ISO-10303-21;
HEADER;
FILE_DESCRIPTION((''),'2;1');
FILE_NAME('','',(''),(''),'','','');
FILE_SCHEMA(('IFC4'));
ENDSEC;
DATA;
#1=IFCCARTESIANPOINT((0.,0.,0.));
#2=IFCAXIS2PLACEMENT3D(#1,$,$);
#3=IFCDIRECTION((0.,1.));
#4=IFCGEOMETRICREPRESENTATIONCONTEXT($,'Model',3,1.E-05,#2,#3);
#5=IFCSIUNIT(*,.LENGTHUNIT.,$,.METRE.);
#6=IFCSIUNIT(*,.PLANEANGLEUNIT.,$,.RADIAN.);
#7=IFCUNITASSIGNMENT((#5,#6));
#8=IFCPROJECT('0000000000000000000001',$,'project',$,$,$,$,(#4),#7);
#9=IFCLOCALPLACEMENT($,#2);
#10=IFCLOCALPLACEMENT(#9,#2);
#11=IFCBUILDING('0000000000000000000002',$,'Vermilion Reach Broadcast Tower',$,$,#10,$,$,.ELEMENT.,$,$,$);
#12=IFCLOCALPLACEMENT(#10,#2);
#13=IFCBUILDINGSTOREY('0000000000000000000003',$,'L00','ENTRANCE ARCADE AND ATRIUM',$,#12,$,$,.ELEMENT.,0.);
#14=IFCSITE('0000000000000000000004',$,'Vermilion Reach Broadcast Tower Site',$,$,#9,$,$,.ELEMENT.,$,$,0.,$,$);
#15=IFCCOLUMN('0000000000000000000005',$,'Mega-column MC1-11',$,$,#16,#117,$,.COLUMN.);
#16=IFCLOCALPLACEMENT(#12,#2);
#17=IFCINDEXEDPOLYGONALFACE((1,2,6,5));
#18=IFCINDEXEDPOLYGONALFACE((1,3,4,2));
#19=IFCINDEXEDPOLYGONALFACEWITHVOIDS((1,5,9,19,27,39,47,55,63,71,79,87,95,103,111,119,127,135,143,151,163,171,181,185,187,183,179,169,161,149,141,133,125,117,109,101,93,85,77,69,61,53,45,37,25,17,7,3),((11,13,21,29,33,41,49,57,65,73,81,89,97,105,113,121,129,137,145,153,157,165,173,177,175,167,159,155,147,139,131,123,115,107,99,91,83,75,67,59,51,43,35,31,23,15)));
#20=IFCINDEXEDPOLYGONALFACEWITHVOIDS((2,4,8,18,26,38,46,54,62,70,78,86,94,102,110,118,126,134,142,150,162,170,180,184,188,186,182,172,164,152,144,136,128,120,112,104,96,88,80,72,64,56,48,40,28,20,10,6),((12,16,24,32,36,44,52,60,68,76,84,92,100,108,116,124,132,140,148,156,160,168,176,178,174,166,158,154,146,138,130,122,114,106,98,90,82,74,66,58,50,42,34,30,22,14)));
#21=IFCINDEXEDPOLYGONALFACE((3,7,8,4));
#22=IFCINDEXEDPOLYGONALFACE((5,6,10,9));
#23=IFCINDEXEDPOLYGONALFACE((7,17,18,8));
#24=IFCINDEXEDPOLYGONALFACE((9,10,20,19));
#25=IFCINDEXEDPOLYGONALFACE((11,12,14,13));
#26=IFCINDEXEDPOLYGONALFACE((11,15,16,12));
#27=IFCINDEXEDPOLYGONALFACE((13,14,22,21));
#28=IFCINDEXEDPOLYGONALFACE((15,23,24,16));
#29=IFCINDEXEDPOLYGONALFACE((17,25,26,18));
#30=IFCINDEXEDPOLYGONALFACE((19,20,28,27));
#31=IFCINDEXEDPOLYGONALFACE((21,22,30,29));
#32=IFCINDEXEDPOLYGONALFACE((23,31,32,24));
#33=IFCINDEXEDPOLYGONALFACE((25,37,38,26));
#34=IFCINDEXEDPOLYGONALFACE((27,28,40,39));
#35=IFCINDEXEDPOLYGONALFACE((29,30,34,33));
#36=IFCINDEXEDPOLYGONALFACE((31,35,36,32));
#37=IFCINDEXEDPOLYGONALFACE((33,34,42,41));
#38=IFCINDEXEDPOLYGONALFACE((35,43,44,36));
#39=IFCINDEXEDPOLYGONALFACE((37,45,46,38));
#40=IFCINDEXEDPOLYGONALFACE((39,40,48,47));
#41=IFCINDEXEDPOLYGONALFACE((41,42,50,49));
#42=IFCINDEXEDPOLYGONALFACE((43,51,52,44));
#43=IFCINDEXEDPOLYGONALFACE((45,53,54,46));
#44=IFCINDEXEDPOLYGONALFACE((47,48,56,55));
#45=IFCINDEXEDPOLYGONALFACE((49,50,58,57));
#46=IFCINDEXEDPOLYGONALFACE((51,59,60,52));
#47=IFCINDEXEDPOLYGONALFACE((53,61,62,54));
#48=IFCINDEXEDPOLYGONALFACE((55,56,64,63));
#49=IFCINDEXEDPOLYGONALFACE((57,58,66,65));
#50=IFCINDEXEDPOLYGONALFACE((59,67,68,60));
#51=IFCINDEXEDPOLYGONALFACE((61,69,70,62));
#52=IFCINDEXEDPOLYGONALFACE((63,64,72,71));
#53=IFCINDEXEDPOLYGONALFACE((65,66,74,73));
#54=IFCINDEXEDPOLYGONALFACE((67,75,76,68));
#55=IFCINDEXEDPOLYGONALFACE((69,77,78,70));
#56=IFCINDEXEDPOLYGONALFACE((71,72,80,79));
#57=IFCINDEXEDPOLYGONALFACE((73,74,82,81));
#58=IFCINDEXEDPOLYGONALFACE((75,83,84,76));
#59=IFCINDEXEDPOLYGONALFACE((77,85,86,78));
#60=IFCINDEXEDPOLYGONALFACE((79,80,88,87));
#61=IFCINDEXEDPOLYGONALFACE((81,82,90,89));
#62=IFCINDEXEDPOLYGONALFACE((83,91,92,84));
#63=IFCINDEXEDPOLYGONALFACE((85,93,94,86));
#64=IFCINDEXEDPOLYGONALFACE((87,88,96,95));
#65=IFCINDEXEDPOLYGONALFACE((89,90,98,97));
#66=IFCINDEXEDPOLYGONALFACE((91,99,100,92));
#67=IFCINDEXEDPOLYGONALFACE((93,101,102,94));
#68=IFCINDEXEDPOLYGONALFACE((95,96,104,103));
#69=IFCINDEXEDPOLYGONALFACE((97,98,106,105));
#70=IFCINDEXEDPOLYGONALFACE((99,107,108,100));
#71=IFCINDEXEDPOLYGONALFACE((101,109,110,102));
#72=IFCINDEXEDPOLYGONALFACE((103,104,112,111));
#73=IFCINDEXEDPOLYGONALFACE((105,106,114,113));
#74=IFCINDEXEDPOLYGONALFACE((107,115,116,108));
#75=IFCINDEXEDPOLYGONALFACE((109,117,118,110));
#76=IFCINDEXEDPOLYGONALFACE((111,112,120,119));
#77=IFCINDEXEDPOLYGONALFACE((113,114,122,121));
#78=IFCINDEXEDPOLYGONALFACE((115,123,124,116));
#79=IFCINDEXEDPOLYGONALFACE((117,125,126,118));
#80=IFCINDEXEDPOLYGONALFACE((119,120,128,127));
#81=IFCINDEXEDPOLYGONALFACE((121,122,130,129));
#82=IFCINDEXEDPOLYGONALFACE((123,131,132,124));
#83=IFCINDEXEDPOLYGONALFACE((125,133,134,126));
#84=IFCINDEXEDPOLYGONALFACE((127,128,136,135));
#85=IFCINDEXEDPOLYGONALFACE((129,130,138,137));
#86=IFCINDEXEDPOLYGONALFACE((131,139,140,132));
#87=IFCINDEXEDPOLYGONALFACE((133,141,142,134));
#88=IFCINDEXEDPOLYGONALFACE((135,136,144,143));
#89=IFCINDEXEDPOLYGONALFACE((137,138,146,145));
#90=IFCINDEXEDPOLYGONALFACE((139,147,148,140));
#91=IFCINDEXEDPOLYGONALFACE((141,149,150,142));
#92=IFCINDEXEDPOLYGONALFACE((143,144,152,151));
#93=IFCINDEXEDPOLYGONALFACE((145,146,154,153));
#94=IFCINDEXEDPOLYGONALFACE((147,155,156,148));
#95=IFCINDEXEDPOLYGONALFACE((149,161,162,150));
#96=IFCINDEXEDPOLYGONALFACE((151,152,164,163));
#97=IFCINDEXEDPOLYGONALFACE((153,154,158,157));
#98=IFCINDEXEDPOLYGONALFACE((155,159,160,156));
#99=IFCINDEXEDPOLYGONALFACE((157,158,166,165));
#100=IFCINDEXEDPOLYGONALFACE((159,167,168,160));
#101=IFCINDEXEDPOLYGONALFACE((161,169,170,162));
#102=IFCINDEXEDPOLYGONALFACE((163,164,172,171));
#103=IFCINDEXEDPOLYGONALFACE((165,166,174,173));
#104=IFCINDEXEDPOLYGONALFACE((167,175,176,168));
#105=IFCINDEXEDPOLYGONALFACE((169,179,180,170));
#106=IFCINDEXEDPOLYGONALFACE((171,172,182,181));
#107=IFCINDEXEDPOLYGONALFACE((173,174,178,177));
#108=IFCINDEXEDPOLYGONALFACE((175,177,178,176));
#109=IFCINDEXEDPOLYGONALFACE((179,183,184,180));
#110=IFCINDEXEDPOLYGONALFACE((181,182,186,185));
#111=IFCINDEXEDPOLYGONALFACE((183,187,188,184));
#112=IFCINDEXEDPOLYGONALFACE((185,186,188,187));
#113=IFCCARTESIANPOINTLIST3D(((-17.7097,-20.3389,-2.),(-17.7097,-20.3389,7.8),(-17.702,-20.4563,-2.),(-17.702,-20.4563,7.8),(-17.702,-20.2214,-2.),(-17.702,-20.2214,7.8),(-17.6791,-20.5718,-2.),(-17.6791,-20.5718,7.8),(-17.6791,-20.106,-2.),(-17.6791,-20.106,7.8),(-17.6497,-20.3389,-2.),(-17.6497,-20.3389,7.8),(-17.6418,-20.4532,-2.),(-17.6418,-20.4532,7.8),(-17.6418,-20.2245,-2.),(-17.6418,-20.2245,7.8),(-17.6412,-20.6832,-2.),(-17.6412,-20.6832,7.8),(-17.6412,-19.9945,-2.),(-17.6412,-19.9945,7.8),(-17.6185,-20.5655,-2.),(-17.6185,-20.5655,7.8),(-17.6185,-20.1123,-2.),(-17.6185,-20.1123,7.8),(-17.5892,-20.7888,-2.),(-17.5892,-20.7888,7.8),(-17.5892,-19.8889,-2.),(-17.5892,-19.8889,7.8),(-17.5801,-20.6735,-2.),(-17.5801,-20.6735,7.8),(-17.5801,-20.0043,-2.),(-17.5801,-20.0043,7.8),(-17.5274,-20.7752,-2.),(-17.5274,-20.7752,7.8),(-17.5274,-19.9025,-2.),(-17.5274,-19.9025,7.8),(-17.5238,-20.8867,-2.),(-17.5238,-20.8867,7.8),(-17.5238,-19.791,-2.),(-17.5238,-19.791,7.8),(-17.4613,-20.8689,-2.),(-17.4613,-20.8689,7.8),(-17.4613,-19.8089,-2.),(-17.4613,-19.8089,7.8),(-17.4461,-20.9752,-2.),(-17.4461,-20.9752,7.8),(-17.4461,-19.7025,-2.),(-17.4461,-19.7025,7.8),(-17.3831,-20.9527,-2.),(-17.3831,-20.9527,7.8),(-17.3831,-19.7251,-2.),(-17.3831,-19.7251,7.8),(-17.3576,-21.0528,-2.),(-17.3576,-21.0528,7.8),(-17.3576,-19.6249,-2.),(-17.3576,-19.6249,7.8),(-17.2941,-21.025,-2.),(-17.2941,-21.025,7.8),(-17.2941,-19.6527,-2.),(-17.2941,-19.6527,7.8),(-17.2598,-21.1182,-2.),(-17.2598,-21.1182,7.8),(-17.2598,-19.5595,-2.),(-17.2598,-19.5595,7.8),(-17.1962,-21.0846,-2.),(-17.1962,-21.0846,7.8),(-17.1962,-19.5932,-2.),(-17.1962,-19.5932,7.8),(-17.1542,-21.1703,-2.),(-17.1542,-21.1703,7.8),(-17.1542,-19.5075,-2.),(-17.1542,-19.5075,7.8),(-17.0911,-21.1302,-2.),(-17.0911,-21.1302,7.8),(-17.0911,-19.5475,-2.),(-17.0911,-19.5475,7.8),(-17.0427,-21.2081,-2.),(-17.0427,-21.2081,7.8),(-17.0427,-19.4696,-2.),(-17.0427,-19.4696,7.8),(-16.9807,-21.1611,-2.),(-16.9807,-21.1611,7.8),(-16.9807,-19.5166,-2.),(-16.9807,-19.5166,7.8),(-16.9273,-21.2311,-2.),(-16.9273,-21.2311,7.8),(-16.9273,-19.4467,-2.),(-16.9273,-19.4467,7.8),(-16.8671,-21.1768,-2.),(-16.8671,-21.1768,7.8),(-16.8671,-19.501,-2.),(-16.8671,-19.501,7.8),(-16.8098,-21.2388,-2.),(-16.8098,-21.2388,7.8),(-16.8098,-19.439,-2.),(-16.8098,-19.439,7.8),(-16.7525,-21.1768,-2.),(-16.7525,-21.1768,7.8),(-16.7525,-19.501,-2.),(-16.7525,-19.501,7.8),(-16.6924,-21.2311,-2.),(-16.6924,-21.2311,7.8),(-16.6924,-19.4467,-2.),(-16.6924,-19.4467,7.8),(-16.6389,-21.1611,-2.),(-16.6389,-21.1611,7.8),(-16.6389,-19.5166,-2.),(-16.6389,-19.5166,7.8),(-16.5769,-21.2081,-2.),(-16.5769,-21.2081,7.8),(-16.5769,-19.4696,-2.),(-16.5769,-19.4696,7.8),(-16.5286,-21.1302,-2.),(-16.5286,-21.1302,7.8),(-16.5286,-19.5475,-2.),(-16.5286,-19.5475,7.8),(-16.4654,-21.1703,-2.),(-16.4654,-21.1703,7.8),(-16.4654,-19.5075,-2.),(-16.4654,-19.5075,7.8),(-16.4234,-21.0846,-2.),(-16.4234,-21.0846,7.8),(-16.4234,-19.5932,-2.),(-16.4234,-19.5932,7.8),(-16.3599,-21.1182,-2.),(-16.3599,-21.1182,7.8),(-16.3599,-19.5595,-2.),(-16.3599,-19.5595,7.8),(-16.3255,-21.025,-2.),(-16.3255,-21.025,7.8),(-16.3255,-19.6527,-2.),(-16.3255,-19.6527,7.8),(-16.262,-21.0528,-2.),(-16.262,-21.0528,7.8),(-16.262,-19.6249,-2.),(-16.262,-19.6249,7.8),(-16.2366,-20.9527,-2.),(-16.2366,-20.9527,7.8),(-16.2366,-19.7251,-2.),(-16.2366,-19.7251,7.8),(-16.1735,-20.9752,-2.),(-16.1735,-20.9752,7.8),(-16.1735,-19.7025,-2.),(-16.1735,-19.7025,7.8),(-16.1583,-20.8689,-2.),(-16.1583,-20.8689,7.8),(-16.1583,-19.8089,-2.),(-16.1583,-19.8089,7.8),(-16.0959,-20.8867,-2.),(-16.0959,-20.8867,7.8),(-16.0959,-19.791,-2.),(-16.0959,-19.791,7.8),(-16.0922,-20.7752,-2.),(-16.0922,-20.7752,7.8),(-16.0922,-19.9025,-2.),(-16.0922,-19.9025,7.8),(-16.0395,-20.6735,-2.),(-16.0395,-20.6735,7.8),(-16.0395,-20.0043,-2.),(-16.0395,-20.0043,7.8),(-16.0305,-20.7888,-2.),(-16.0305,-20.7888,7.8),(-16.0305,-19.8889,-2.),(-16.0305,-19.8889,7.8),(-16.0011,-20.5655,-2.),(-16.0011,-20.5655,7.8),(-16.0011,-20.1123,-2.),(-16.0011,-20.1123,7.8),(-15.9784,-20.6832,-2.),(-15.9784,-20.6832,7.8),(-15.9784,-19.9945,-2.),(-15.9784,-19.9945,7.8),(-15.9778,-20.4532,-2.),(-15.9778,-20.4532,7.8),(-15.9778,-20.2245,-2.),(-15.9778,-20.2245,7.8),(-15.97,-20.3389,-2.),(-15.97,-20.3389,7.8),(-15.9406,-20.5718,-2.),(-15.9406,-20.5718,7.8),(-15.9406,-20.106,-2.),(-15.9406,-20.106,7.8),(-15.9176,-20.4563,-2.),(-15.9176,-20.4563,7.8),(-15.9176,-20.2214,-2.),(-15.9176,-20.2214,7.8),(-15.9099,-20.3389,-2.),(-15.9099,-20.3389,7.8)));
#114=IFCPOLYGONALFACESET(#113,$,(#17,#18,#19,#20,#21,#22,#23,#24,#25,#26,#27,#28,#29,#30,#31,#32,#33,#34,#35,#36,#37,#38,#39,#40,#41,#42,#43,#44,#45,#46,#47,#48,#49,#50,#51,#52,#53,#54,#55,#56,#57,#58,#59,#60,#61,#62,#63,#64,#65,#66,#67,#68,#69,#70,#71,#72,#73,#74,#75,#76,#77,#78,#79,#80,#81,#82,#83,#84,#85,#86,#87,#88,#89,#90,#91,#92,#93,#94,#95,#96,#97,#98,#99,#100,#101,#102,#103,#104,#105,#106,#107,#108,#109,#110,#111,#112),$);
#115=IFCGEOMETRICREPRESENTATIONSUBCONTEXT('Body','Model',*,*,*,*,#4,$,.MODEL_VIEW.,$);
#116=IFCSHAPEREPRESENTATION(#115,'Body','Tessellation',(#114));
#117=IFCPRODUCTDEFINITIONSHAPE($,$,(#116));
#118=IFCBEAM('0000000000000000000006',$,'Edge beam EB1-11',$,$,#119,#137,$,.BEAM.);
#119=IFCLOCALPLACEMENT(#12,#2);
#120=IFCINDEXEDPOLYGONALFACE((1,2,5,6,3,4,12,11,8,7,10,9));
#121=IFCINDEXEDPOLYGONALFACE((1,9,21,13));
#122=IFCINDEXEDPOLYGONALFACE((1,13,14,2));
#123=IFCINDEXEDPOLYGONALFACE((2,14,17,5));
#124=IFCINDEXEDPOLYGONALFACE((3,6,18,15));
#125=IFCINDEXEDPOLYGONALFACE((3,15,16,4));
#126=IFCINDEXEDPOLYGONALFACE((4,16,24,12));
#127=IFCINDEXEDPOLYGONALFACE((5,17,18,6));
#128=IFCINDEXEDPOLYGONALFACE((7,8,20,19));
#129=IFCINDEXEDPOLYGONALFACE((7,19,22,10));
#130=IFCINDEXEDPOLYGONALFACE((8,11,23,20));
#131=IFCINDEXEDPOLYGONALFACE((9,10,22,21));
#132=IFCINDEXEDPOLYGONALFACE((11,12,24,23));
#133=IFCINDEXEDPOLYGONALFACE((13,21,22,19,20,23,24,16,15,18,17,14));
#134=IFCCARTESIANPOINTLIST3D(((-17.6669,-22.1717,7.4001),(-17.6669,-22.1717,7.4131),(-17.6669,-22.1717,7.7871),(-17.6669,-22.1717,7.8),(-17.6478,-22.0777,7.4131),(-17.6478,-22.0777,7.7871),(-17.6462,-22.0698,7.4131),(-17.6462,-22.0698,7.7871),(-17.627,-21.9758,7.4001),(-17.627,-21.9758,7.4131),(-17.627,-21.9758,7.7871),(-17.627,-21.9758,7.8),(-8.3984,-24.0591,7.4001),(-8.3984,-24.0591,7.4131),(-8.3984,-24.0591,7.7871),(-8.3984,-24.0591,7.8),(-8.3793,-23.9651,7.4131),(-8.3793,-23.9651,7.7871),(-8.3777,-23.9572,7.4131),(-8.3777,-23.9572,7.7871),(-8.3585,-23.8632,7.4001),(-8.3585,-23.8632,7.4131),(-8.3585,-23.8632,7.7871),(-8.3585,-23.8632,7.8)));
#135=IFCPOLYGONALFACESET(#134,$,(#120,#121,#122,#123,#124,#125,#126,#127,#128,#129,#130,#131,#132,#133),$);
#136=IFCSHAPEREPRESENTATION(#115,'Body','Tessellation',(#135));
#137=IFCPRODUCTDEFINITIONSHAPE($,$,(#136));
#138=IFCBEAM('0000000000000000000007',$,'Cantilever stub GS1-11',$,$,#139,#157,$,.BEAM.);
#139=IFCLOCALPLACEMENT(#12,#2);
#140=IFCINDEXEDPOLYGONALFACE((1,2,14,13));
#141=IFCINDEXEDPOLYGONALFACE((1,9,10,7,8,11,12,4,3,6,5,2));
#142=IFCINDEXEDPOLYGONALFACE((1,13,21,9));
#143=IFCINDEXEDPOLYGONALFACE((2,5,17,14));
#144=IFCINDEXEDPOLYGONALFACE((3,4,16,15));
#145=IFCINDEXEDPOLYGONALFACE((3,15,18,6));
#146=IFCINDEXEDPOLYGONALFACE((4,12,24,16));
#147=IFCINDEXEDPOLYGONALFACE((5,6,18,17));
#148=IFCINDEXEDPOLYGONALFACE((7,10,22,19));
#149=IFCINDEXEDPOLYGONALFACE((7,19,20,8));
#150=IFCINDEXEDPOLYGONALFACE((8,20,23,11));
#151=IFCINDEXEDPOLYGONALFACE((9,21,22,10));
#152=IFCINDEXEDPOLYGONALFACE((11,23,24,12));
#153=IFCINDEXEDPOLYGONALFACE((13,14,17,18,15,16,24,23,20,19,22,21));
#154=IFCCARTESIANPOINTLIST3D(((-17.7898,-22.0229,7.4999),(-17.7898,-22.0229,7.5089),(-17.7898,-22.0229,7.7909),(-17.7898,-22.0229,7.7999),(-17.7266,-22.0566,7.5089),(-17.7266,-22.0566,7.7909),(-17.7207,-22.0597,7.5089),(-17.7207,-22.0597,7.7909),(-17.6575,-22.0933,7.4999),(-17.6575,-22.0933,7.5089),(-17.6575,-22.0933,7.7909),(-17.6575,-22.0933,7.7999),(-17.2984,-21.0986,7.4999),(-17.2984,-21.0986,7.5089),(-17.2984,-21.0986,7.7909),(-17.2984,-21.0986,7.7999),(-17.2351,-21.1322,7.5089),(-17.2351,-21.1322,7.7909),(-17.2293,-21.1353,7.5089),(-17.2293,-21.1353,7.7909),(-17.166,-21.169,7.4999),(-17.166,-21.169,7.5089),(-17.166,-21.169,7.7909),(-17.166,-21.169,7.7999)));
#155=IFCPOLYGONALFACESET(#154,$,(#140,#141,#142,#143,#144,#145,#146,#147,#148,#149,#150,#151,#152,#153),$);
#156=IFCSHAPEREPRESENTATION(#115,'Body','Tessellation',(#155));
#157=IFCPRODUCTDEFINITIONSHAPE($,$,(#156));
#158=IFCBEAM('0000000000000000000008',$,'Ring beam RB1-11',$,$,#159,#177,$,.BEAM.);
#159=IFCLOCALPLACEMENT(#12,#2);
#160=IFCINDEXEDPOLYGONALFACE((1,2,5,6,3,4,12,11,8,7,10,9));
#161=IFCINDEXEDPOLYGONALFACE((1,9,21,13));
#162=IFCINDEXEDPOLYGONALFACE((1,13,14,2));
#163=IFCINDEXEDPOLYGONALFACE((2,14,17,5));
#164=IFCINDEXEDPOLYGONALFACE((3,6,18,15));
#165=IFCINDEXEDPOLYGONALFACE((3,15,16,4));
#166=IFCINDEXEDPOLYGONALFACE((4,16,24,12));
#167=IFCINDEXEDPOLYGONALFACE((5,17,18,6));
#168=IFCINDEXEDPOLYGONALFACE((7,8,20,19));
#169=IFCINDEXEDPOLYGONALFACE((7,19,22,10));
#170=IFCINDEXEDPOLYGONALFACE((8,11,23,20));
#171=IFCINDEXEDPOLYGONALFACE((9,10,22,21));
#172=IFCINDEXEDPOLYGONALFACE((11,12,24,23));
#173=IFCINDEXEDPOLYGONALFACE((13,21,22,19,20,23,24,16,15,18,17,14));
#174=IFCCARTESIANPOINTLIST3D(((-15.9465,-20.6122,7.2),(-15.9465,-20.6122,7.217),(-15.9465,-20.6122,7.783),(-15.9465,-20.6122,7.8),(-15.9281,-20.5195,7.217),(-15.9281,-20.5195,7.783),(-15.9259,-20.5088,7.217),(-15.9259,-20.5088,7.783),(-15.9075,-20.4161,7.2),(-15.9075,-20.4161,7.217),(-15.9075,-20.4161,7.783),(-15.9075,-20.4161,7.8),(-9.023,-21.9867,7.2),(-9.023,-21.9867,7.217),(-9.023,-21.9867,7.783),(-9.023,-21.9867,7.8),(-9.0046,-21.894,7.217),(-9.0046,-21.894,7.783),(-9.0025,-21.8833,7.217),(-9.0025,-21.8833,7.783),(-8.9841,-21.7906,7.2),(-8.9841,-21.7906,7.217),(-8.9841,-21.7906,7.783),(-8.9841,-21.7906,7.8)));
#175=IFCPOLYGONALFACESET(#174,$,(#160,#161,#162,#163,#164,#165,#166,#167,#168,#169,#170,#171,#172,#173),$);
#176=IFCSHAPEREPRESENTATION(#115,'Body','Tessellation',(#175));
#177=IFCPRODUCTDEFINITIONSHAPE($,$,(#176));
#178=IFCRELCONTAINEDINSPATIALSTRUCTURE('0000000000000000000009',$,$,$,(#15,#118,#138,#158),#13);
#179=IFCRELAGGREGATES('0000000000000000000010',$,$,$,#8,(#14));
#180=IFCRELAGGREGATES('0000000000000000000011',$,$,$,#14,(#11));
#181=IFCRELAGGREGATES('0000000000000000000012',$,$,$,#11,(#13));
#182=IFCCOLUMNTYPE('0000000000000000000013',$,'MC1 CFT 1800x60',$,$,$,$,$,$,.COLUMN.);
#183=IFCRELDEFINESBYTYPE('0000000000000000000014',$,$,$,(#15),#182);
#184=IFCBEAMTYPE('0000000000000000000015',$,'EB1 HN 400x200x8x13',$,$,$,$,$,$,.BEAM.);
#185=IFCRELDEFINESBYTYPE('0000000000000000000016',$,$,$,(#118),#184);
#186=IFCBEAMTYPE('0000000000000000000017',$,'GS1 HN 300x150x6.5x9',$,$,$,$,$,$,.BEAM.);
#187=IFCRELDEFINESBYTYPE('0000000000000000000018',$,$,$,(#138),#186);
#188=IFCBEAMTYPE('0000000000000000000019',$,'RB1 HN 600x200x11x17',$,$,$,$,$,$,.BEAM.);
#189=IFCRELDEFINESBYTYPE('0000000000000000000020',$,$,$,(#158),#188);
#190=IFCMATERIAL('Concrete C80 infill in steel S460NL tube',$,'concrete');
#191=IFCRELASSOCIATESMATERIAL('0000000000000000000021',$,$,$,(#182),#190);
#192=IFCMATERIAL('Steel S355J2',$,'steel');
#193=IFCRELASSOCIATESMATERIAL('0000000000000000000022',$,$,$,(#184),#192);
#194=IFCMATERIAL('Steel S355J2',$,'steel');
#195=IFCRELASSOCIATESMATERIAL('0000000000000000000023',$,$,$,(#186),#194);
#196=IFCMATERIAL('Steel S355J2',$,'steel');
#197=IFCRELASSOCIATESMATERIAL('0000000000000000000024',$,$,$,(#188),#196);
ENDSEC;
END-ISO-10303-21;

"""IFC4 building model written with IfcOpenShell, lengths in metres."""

from ifc_helpers import new_model, si_unit, direction, frame, origin, origin_2d, place, context, subcontext, project, spatial, hollow_circle, i_section, extrude, material, material_profile, profile_set, type_object, element, save


model = new_model("IFC4")

# Units and contexts
model_context = context("Model", 3, precision=1e-05, world=origin(), true_north=direction((0.0, 1.0)))
body_context = subcontext(model_context, "Body", "Model", "MODEL_VIEW")
ifc_project = project(units=[si_unit("LENGTHUNIT", "METRE"), si_unit("PLANEANGLEUNIT", "RADIAN")], contexts=[model_context])

# Site, building, storey
site_placement = place(None, origin())
site = spatial("IfcSite", under=ifc_project, at=site_placement, Name="Vermilion Reach Broadcast Tower Site", CompositionType="ELEMENT", RefElevation=0.0)
building_placement = place(site_placement, origin())
building = spatial("IfcBuilding", under=site, at=building_placement, Name="Vermilion Reach Broadcast Tower", CompositionType="ELEMENT")
storey_placement = place(building_placement, origin())
storey = spatial("IfcBuildingStorey", under=building, at=storey_placement, Name="L00", Description="ENTRANCE ARCADE AND ATRIUM", CompositionType="ELEMENT", Elevation=0.0)

# Column
ifc_material_1 = material(Name="Concrete C80 infill in steel S460NL tube", Category="concrete")
ifc_material_profile_1 = material_profile(ifc_material_1, hollow_circle(Radius=0.8999, WallThickness=0.0601, at=origin_2d()), Name="Concrete C80 infill in steel S460NL tube CFT 1800x60")
ifc_profile_set_1 = profile_set([ifc_material_profile_1], Name="Concrete C80 infill in steel S460NL tube")
column_type = type_object("IfcColumnType", Name="MC1 CFT 1800x60", PredefinedType="COLUMN", material=ifc_profile_set_1)
column_placement = place(storey_placement, frame((-16.8098, -20.3389, -2.0), z_axis=(0.0, 0.0, 1.0), x_axis=(1.0, 0.0, 0.0)))
element("IfcColumn", 1, at=column_placement, inside=storey, type_object=column_type, Name="Mega-column MC1-11", PredefinedType="COLUMN", context=body_context, shape_type="SweptSolid", body=[
    extrude(hollow_circle(Radius=0.8999, WallThickness=0.0601, at=origin_2d()), origin(), (0.0, 0.0, 1.0), 9.8),
])

# Beams
ifc_material_2 = material(Name="Steel S355J2", Category="steel")
ifc_material_profile_2 = material_profile(ifc_material_2, i_section(OverallWidth=0.2, OverallDepth=0.3999, WebThickness=0.0081, FlangeThickness=0.0129, at=origin_2d()), Name="S355J2 HN 400x200x8x13")
ifc_profile_set_2 = profile_set([ifc_material_profile_2], Name="Steel S355J2")
beam_type_1 = type_object("IfcBeamType", Name="EB1 HN 400x200x8x13", PredefinedType="BEAM", material=ifc_profile_set_2)
beam_1_placement = place(storey_placement, frame((-17.647, -22.0737, 7.6001), z_axis=(0.979889, -0.199545, 0.0), x_axis=(0.199545, 0.979889, 0.0)))
element("IfcBeam", 2, at=beam_1_placement, inside=storey, type_object=beam_type_1, Name="Edge beam EB1-11", PredefinedType="BEAM", context=body_context, shape_type="SweptSolid", body=[
    extrude(i_section(OverallWidth=0.2, OverallDepth=0.3999, WebThickness=0.0081, FlangeThickness=0.0129, at=origin_2d()), origin(), (0.0, 0.0, 1.0), 9.4587),
])
ifc_material_3 = material(Name="Steel S355J2", Category="steel")
ifc_material_profile_3 = material_profile(ifc_material_3, i_section(OverallWidth=0.1499, OverallDepth=0.3, WebThickness=0.0066, FlangeThickness=0.009, at=origin_2d()), Name="S355J2 HN 300x150x6.5x9")
ifc_profile_set_3 = profile_set([ifc_material_profile_3], Name="Steel S355J2")
beam_type_2 = type_object("IfcBeamType", Name="GS1 HN 300x150x6.5x9", PredefinedType="BEAM", material=ifc_profile_set_3)
beam_2_placement = place(storey_placement, frame((-17.2322, -21.1338, 7.6499), z_axis=(-0.469462, -0.882953, 0.0), x_axis=(0.882953, -0.469462, 0.0)))
element("IfcBeam", 3, at=beam_2_placement, inside=storey, type_object=beam_type_2, Name="Cantilever stub GS1-11", PredefinedType="BEAM", context=body_context, shape_type="SweptSolid", body=[
    extrude(i_section(OverallWidth=0.1499, OverallDepth=0.3, WebThickness=0.0066, FlangeThickness=0.009, at=origin_2d()), origin(), (0.0, 0.0, 1.0), 1.0469),
])
ifc_material_4 = material(Name="Steel S355J2", Category="steel")
ifc_material_profile_4 = material_profile(ifc_material_4, i_section(OverallWidth=0.2, OverallDepth=0.6001, WebThickness=0.011, FlangeThickness=0.0171, at=origin_2d()), Name="S355J2 HN 600x200x11x17")
ifc_profile_set_4 = profile_set([ifc_material_profile_4], Name="Steel S355J2")
beam_type_3 = type_object("IfcBeamType", Name="RB1 HN 600x200x11x17", PredefinedType="BEAM", material=ifc_profile_set_4)
beam_3_placement = place(storey_placement, frame((-15.927, -20.5142, 7.5), z_axis=(0.980858, -0.194726, 0.0), x_axis=(0.194726, 0.980858, 0.0)))
element("IfcBeam", 4, at=beam_3_placement, inside=storey, type_object=beam_type_3, Name="Ring beam RB1-11", PredefinedType="BEAM", context=body_context, shape_type="SweptSolid", body=[
    extrude(i_section(OverallWidth=0.2, OverallDepth=0.6001, WebThickness=0.011, FlangeThickness=0.0171, at=origin_2d()), origin(), (0.0, 0.0, 1.0), 7.0586),
])

save(model, "model.ifc")
